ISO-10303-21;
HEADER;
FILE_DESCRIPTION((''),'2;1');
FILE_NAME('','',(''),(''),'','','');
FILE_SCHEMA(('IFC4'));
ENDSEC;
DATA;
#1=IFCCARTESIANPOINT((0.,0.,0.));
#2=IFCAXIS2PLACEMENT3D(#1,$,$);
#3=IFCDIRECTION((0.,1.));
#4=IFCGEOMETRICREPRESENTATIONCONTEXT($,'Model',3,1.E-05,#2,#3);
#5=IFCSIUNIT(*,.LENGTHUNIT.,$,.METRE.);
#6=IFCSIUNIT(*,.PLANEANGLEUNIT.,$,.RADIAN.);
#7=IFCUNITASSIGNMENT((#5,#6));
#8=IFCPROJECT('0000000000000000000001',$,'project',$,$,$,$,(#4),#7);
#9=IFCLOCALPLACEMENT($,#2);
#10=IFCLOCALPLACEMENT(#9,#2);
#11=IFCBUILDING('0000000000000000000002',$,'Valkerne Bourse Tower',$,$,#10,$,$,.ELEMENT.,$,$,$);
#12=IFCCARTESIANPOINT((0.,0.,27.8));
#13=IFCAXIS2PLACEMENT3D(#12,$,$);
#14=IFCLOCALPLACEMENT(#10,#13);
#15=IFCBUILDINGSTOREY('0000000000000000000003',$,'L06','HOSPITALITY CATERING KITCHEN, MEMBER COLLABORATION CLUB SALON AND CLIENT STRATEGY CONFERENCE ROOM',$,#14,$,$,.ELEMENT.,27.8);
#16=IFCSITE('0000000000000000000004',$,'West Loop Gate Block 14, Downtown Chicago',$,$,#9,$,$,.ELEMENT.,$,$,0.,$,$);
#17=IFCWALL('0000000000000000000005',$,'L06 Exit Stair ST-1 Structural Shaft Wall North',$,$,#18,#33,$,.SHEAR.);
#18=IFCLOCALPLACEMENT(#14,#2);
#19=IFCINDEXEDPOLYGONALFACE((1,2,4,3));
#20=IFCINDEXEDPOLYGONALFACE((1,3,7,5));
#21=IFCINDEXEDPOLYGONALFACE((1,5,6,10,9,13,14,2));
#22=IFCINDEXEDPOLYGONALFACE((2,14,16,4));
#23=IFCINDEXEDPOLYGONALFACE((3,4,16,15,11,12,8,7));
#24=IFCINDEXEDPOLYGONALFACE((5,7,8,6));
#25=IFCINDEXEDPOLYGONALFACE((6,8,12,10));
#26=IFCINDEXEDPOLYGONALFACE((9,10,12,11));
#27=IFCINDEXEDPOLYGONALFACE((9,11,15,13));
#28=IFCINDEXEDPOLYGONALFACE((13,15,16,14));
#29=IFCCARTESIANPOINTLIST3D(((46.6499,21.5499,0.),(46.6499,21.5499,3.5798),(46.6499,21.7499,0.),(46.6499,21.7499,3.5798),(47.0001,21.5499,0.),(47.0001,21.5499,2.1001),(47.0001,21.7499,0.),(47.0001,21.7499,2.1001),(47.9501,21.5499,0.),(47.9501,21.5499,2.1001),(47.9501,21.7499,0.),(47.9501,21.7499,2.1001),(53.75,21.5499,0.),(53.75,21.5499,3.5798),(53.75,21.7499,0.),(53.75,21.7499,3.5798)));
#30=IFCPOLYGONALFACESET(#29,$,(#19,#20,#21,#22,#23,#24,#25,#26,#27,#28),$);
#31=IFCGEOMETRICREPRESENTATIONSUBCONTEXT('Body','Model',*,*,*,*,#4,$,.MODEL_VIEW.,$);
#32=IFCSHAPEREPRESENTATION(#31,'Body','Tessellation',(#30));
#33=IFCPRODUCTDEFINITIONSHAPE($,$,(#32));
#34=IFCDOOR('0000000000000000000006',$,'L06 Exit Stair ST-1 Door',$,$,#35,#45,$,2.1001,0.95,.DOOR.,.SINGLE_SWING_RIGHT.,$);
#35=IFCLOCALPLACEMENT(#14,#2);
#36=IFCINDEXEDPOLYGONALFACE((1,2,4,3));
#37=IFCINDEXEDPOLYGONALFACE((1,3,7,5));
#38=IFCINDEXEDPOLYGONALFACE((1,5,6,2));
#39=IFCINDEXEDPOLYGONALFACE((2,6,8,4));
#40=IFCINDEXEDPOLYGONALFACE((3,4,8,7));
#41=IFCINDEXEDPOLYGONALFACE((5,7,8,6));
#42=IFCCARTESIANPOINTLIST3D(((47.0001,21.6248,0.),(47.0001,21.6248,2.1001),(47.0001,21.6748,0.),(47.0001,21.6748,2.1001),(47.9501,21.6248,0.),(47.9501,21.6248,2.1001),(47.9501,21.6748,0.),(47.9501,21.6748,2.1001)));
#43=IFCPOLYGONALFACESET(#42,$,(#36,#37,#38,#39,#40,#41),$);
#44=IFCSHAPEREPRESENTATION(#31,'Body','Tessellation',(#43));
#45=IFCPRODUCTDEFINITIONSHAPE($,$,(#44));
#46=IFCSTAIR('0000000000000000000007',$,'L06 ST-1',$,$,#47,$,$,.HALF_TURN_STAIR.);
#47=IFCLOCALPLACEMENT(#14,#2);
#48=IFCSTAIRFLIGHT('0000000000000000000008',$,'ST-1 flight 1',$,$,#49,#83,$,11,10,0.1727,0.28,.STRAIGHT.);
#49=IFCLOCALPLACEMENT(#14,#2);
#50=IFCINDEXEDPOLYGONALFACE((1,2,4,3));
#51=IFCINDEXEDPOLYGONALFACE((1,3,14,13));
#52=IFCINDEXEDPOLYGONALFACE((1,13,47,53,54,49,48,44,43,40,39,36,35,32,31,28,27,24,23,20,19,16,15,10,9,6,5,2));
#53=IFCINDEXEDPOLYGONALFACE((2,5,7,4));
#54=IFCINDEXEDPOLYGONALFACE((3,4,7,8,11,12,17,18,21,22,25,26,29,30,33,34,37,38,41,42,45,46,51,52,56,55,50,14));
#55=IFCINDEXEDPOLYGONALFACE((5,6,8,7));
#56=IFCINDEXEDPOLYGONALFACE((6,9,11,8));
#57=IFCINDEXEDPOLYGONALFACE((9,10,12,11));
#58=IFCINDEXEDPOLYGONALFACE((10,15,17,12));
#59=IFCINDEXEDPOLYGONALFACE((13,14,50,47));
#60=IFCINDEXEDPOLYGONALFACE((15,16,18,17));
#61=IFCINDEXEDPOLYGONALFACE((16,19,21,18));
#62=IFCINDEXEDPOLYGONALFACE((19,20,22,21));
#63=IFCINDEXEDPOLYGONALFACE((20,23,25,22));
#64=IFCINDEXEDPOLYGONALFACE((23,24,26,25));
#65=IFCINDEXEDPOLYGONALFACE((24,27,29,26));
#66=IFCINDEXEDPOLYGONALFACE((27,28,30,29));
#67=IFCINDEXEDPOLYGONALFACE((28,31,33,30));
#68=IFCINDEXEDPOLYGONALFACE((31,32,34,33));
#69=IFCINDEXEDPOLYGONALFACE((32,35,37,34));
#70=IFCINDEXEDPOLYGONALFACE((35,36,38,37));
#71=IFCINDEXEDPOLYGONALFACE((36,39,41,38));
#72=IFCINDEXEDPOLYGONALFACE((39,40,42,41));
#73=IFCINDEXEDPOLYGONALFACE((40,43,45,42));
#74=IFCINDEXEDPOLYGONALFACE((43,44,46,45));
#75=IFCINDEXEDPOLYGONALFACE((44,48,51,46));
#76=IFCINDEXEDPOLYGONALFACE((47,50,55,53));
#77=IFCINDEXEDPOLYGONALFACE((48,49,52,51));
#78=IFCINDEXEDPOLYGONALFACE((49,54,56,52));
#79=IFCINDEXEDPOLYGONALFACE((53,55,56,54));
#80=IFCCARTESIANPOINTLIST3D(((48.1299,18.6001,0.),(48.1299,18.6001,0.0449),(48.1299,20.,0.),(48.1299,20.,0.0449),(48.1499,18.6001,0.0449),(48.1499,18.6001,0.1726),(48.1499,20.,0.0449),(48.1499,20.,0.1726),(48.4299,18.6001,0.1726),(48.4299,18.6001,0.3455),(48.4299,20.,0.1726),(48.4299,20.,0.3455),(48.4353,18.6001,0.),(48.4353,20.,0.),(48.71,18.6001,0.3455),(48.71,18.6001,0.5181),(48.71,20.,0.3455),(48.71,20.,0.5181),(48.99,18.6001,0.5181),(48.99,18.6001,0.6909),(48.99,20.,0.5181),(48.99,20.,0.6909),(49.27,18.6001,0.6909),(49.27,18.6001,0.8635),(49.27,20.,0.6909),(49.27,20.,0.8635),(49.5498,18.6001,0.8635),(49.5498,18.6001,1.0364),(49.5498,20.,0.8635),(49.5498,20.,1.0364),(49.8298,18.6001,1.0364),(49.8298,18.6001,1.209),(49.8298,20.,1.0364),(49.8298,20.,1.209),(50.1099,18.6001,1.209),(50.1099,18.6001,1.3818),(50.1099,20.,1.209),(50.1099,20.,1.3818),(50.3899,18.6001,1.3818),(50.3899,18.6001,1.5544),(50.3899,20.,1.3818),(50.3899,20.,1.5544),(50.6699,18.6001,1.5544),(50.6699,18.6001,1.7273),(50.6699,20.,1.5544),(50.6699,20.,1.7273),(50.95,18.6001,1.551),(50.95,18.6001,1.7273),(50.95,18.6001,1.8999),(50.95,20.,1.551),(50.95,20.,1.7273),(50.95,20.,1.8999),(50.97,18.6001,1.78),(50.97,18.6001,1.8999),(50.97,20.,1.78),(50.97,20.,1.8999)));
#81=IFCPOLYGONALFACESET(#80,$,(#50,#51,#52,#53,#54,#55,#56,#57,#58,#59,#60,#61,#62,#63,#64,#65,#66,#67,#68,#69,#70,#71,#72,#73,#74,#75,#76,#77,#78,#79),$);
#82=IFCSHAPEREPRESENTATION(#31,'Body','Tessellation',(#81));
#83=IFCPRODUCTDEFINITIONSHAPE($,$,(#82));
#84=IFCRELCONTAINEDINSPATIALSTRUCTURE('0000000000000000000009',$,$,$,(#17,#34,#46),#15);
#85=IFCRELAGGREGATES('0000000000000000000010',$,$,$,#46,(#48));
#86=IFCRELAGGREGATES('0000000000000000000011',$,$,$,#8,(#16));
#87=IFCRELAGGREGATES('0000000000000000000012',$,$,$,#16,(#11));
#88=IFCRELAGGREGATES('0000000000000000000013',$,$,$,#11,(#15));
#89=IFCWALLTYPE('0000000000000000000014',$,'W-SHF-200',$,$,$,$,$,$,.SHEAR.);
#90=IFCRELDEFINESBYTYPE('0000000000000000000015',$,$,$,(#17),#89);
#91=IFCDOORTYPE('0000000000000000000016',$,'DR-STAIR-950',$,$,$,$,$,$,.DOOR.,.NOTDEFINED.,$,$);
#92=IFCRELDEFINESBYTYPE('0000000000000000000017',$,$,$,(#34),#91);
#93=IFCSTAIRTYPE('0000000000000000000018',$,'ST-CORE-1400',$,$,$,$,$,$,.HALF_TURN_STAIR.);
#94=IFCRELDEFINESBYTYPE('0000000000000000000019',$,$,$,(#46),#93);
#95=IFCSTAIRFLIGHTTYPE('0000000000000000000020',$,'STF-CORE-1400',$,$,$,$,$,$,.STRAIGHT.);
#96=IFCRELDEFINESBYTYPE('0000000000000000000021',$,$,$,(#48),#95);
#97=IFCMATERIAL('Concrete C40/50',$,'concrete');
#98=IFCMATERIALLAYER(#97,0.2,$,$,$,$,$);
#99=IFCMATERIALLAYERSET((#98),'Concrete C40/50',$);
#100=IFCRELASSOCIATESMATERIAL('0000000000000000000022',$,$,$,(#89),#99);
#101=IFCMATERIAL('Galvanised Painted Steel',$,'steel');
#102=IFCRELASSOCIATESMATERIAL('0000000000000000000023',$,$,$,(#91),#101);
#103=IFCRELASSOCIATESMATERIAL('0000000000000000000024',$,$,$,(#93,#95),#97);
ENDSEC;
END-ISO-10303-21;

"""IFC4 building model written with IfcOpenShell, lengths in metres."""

from ifc_helpers import new_model, si_unit, direction, frame, frame_2d, origin, place, context, subcontext, project, spatial, polyline, rectangle, outline, extrude, material, layer, layer_set, type_object, element, fill, aggregate, save


model = new_model("IFC4")

# Units and contexts
model_context = context("Model", 3, precision=1e-05, world=origin(), true_north=direction((0.0, 1.0)))
body_context = subcontext(model_context, "Body", "Model", "MODEL_VIEW")
ifc_project = project(units=[si_unit("LENGTHUNIT", "METRE"), si_unit("PLANEANGLEUNIT", "RADIAN")], contexts=[model_context])

# Site, building, storey
site_placement = place(None, origin())
site = spatial("IfcSite", under=ifc_project, at=site_placement, Name="West Loop Gate Block 14, Downtown Chicago", CompositionType="ELEMENT", RefElevation=0.0)
building_placement = place(site_placement, origin())
building = spatial("IfcBuilding", under=site, at=building_placement, Name="Valkerne Bourse Tower", CompositionType="ELEMENT")
storey_placement = place(building_placement, frame((0.0, 0.0, 27.8)))
storey = spatial("IfcBuildingStorey", under=building, at=storey_placement, Name="L06", Description="HOSPITALITY CATERING KITCHEN, MEMBER COLLABORATION CLUB SALON AND CLIENT STRATEGY CONFERENCE ROOM", CompositionType="ELEMENT", Elevation=27.8)

# Shared definitions
ifc_material_1 = material(Name="Galvanised Painted Steel", Category="steel")

# Wall, opening, door
ifc_material_2 = material(Name="Concrete C40/50", Category="concrete")
ifc_layer_1 = layer(ifc_material_2, 0.2)
ifc_layer_set_1 = layer_set([ifc_layer_1], Name="Concrete C40/50")
wall_type_1 = type_object("IfcWallType", Name="W-SHF-200", PredefinedType="SHEAR", material=ifc_layer_set_1)
wall_1_placement = place(storey_placement, frame((46.6499, 21.6499, 0.0), z_axis=(0.0, 0.0, 1.0), x_axis=(1.0, 0.0, 0.0)))
wall_1 = element("IfcWall", 1, at=wall_1_placement, inside=storey, type_object=wall_type_1, Name="L06 Exit Stair ST-1 Structural Shaft Wall North", PredefinedType="SHEAR", context=body_context, shape_type="SweptSolid", body=[
    extrude(rectangle(XDim=7.1001, YDim=0.2, at=frame_2d((3.55, 0.0))), origin(), (0.0, 0.0, 1.0), 3.5798),
])
opening_1_placement = place(wall_1_placement, frame((0.3501, 0.0, 0.0)))
opening_1 = element("IfcOpeningElement", 2, at=opening_1_placement, cuts=wall_1, PredefinedType="OPENING", context=body_context, shape_type="SweptSolid", body=[
    extrude(rectangle(XDim=0.95, YDim=2.1001, at=frame_2d((0.4751, 1.05))), frame((0.0, 0.1099, 0.0), z_axis=(0.0, -1.0, 0.0), x_axis=(1.0, 0.0, 0.0)), (0.0, 0.0, 1.0), 0.22),
])
door_type_1 = type_object("IfcDoorType", Name="DR-STAIR-950", OperationType="NOTDEFINED", PredefinedType="DOOR", material=ifc_material_1)
door_1_placement = place(opening_1_placement, origin())
door_1 = element("IfcDoor", 3, at=door_1_placement, inside=storey, type_object=door_type_1, Name="L06 Exit Stair ST-1 Door", OperationType="SINGLE_SWING_RIGHT", OverallHeight=2.1001, OverallWidth=0.95, PredefinedType="DOOR", context=body_context, shape_type="SweptSolid", body=[
    extrude(rectangle(XDim=0.95, YDim=2.1001, at=frame_2d((0.4751, 1.05))), frame((0.0, 0.0249, 0.0), z_axis=(0.0, -1.0, 0.0), x_axis=(1.0, 0.0, 0.0)), (0.0, 0.0, 1.0), 0.05),
])
fill(opening_1, door_1)

# Stair, stair flight
stair_type = type_object("IfcStairType", Name="ST-CORE-1400", PredefinedType="HALF_TURN_STAIR", material=ifc_material_2)
stair_placement = place(storey_placement, origin())
stair = element("IfcStair", 4, at=stair_placement, inside=storey, type_object=stair_type, Name="L06 ST-1", PredefinedType="HALF_TURN_STAIR")
stair_flight_type = type_object("IfcStairFlightType", Name="STF-CORE-1400", PredefinedType="STRAIGHT", material=ifc_material_2)
stair_flight_placement = place(storey_placement, frame((48.1499, 19.3, 0.0), z_axis=(0.0, 0.0, 1.0), x_axis=(1.0, 0.0, 0.0)))
stair_flight = element("IfcStairFlight", 5, at=stair_flight_placement, type_object=stair_flight_type, Name="ST-1 flight 1", NumberOfRisers=11, NumberOfTreads=10, PredefinedType="STRAIGHT", RiserHeight=0.1727, TreadLength=0.28, context=body_context, shape_type="SweptSolid", body=[
    extrude(outline(polyline([(-0.02, 0.0), (-0.02, 0.0449), (0.0, 0.0449), (0.0, 0.1726), (0.28, 0.1726), (0.28, 0.3455), (0.5601, 0.3455), (0.5601, 0.5181), (0.8401, 0.5181), (0.8401, 0.6909), (1.1201, 0.6909), (1.1201, 0.8635), (1.3999, 0.8635), (1.3999, 1.0364), (1.6799, 1.0364), (1.6799, 1.209), (1.96, 1.209), (1.96, 1.3818), (2.24, 1.3818), (2.24, 1.5544), (2.52, 1.5544), (2.52, 1.7273), (2.8, 1.7273), (2.8, 1.8999), (2.8201, 1.8999), (2.8201, 1.78), (2.8, 1.551), (0.2854, 0.0), (-0.02, 0.0)])), frame((0.0, 0.7, 0.0), z_axis=(0.0, -1.0, 0.0), x_axis=(1.0, 0.0, 0.0)), (0.0, 0.0, 1.0), 1.3999),
])
aggregate(stair, [stair_flight])

save(model, "model.ifc")
